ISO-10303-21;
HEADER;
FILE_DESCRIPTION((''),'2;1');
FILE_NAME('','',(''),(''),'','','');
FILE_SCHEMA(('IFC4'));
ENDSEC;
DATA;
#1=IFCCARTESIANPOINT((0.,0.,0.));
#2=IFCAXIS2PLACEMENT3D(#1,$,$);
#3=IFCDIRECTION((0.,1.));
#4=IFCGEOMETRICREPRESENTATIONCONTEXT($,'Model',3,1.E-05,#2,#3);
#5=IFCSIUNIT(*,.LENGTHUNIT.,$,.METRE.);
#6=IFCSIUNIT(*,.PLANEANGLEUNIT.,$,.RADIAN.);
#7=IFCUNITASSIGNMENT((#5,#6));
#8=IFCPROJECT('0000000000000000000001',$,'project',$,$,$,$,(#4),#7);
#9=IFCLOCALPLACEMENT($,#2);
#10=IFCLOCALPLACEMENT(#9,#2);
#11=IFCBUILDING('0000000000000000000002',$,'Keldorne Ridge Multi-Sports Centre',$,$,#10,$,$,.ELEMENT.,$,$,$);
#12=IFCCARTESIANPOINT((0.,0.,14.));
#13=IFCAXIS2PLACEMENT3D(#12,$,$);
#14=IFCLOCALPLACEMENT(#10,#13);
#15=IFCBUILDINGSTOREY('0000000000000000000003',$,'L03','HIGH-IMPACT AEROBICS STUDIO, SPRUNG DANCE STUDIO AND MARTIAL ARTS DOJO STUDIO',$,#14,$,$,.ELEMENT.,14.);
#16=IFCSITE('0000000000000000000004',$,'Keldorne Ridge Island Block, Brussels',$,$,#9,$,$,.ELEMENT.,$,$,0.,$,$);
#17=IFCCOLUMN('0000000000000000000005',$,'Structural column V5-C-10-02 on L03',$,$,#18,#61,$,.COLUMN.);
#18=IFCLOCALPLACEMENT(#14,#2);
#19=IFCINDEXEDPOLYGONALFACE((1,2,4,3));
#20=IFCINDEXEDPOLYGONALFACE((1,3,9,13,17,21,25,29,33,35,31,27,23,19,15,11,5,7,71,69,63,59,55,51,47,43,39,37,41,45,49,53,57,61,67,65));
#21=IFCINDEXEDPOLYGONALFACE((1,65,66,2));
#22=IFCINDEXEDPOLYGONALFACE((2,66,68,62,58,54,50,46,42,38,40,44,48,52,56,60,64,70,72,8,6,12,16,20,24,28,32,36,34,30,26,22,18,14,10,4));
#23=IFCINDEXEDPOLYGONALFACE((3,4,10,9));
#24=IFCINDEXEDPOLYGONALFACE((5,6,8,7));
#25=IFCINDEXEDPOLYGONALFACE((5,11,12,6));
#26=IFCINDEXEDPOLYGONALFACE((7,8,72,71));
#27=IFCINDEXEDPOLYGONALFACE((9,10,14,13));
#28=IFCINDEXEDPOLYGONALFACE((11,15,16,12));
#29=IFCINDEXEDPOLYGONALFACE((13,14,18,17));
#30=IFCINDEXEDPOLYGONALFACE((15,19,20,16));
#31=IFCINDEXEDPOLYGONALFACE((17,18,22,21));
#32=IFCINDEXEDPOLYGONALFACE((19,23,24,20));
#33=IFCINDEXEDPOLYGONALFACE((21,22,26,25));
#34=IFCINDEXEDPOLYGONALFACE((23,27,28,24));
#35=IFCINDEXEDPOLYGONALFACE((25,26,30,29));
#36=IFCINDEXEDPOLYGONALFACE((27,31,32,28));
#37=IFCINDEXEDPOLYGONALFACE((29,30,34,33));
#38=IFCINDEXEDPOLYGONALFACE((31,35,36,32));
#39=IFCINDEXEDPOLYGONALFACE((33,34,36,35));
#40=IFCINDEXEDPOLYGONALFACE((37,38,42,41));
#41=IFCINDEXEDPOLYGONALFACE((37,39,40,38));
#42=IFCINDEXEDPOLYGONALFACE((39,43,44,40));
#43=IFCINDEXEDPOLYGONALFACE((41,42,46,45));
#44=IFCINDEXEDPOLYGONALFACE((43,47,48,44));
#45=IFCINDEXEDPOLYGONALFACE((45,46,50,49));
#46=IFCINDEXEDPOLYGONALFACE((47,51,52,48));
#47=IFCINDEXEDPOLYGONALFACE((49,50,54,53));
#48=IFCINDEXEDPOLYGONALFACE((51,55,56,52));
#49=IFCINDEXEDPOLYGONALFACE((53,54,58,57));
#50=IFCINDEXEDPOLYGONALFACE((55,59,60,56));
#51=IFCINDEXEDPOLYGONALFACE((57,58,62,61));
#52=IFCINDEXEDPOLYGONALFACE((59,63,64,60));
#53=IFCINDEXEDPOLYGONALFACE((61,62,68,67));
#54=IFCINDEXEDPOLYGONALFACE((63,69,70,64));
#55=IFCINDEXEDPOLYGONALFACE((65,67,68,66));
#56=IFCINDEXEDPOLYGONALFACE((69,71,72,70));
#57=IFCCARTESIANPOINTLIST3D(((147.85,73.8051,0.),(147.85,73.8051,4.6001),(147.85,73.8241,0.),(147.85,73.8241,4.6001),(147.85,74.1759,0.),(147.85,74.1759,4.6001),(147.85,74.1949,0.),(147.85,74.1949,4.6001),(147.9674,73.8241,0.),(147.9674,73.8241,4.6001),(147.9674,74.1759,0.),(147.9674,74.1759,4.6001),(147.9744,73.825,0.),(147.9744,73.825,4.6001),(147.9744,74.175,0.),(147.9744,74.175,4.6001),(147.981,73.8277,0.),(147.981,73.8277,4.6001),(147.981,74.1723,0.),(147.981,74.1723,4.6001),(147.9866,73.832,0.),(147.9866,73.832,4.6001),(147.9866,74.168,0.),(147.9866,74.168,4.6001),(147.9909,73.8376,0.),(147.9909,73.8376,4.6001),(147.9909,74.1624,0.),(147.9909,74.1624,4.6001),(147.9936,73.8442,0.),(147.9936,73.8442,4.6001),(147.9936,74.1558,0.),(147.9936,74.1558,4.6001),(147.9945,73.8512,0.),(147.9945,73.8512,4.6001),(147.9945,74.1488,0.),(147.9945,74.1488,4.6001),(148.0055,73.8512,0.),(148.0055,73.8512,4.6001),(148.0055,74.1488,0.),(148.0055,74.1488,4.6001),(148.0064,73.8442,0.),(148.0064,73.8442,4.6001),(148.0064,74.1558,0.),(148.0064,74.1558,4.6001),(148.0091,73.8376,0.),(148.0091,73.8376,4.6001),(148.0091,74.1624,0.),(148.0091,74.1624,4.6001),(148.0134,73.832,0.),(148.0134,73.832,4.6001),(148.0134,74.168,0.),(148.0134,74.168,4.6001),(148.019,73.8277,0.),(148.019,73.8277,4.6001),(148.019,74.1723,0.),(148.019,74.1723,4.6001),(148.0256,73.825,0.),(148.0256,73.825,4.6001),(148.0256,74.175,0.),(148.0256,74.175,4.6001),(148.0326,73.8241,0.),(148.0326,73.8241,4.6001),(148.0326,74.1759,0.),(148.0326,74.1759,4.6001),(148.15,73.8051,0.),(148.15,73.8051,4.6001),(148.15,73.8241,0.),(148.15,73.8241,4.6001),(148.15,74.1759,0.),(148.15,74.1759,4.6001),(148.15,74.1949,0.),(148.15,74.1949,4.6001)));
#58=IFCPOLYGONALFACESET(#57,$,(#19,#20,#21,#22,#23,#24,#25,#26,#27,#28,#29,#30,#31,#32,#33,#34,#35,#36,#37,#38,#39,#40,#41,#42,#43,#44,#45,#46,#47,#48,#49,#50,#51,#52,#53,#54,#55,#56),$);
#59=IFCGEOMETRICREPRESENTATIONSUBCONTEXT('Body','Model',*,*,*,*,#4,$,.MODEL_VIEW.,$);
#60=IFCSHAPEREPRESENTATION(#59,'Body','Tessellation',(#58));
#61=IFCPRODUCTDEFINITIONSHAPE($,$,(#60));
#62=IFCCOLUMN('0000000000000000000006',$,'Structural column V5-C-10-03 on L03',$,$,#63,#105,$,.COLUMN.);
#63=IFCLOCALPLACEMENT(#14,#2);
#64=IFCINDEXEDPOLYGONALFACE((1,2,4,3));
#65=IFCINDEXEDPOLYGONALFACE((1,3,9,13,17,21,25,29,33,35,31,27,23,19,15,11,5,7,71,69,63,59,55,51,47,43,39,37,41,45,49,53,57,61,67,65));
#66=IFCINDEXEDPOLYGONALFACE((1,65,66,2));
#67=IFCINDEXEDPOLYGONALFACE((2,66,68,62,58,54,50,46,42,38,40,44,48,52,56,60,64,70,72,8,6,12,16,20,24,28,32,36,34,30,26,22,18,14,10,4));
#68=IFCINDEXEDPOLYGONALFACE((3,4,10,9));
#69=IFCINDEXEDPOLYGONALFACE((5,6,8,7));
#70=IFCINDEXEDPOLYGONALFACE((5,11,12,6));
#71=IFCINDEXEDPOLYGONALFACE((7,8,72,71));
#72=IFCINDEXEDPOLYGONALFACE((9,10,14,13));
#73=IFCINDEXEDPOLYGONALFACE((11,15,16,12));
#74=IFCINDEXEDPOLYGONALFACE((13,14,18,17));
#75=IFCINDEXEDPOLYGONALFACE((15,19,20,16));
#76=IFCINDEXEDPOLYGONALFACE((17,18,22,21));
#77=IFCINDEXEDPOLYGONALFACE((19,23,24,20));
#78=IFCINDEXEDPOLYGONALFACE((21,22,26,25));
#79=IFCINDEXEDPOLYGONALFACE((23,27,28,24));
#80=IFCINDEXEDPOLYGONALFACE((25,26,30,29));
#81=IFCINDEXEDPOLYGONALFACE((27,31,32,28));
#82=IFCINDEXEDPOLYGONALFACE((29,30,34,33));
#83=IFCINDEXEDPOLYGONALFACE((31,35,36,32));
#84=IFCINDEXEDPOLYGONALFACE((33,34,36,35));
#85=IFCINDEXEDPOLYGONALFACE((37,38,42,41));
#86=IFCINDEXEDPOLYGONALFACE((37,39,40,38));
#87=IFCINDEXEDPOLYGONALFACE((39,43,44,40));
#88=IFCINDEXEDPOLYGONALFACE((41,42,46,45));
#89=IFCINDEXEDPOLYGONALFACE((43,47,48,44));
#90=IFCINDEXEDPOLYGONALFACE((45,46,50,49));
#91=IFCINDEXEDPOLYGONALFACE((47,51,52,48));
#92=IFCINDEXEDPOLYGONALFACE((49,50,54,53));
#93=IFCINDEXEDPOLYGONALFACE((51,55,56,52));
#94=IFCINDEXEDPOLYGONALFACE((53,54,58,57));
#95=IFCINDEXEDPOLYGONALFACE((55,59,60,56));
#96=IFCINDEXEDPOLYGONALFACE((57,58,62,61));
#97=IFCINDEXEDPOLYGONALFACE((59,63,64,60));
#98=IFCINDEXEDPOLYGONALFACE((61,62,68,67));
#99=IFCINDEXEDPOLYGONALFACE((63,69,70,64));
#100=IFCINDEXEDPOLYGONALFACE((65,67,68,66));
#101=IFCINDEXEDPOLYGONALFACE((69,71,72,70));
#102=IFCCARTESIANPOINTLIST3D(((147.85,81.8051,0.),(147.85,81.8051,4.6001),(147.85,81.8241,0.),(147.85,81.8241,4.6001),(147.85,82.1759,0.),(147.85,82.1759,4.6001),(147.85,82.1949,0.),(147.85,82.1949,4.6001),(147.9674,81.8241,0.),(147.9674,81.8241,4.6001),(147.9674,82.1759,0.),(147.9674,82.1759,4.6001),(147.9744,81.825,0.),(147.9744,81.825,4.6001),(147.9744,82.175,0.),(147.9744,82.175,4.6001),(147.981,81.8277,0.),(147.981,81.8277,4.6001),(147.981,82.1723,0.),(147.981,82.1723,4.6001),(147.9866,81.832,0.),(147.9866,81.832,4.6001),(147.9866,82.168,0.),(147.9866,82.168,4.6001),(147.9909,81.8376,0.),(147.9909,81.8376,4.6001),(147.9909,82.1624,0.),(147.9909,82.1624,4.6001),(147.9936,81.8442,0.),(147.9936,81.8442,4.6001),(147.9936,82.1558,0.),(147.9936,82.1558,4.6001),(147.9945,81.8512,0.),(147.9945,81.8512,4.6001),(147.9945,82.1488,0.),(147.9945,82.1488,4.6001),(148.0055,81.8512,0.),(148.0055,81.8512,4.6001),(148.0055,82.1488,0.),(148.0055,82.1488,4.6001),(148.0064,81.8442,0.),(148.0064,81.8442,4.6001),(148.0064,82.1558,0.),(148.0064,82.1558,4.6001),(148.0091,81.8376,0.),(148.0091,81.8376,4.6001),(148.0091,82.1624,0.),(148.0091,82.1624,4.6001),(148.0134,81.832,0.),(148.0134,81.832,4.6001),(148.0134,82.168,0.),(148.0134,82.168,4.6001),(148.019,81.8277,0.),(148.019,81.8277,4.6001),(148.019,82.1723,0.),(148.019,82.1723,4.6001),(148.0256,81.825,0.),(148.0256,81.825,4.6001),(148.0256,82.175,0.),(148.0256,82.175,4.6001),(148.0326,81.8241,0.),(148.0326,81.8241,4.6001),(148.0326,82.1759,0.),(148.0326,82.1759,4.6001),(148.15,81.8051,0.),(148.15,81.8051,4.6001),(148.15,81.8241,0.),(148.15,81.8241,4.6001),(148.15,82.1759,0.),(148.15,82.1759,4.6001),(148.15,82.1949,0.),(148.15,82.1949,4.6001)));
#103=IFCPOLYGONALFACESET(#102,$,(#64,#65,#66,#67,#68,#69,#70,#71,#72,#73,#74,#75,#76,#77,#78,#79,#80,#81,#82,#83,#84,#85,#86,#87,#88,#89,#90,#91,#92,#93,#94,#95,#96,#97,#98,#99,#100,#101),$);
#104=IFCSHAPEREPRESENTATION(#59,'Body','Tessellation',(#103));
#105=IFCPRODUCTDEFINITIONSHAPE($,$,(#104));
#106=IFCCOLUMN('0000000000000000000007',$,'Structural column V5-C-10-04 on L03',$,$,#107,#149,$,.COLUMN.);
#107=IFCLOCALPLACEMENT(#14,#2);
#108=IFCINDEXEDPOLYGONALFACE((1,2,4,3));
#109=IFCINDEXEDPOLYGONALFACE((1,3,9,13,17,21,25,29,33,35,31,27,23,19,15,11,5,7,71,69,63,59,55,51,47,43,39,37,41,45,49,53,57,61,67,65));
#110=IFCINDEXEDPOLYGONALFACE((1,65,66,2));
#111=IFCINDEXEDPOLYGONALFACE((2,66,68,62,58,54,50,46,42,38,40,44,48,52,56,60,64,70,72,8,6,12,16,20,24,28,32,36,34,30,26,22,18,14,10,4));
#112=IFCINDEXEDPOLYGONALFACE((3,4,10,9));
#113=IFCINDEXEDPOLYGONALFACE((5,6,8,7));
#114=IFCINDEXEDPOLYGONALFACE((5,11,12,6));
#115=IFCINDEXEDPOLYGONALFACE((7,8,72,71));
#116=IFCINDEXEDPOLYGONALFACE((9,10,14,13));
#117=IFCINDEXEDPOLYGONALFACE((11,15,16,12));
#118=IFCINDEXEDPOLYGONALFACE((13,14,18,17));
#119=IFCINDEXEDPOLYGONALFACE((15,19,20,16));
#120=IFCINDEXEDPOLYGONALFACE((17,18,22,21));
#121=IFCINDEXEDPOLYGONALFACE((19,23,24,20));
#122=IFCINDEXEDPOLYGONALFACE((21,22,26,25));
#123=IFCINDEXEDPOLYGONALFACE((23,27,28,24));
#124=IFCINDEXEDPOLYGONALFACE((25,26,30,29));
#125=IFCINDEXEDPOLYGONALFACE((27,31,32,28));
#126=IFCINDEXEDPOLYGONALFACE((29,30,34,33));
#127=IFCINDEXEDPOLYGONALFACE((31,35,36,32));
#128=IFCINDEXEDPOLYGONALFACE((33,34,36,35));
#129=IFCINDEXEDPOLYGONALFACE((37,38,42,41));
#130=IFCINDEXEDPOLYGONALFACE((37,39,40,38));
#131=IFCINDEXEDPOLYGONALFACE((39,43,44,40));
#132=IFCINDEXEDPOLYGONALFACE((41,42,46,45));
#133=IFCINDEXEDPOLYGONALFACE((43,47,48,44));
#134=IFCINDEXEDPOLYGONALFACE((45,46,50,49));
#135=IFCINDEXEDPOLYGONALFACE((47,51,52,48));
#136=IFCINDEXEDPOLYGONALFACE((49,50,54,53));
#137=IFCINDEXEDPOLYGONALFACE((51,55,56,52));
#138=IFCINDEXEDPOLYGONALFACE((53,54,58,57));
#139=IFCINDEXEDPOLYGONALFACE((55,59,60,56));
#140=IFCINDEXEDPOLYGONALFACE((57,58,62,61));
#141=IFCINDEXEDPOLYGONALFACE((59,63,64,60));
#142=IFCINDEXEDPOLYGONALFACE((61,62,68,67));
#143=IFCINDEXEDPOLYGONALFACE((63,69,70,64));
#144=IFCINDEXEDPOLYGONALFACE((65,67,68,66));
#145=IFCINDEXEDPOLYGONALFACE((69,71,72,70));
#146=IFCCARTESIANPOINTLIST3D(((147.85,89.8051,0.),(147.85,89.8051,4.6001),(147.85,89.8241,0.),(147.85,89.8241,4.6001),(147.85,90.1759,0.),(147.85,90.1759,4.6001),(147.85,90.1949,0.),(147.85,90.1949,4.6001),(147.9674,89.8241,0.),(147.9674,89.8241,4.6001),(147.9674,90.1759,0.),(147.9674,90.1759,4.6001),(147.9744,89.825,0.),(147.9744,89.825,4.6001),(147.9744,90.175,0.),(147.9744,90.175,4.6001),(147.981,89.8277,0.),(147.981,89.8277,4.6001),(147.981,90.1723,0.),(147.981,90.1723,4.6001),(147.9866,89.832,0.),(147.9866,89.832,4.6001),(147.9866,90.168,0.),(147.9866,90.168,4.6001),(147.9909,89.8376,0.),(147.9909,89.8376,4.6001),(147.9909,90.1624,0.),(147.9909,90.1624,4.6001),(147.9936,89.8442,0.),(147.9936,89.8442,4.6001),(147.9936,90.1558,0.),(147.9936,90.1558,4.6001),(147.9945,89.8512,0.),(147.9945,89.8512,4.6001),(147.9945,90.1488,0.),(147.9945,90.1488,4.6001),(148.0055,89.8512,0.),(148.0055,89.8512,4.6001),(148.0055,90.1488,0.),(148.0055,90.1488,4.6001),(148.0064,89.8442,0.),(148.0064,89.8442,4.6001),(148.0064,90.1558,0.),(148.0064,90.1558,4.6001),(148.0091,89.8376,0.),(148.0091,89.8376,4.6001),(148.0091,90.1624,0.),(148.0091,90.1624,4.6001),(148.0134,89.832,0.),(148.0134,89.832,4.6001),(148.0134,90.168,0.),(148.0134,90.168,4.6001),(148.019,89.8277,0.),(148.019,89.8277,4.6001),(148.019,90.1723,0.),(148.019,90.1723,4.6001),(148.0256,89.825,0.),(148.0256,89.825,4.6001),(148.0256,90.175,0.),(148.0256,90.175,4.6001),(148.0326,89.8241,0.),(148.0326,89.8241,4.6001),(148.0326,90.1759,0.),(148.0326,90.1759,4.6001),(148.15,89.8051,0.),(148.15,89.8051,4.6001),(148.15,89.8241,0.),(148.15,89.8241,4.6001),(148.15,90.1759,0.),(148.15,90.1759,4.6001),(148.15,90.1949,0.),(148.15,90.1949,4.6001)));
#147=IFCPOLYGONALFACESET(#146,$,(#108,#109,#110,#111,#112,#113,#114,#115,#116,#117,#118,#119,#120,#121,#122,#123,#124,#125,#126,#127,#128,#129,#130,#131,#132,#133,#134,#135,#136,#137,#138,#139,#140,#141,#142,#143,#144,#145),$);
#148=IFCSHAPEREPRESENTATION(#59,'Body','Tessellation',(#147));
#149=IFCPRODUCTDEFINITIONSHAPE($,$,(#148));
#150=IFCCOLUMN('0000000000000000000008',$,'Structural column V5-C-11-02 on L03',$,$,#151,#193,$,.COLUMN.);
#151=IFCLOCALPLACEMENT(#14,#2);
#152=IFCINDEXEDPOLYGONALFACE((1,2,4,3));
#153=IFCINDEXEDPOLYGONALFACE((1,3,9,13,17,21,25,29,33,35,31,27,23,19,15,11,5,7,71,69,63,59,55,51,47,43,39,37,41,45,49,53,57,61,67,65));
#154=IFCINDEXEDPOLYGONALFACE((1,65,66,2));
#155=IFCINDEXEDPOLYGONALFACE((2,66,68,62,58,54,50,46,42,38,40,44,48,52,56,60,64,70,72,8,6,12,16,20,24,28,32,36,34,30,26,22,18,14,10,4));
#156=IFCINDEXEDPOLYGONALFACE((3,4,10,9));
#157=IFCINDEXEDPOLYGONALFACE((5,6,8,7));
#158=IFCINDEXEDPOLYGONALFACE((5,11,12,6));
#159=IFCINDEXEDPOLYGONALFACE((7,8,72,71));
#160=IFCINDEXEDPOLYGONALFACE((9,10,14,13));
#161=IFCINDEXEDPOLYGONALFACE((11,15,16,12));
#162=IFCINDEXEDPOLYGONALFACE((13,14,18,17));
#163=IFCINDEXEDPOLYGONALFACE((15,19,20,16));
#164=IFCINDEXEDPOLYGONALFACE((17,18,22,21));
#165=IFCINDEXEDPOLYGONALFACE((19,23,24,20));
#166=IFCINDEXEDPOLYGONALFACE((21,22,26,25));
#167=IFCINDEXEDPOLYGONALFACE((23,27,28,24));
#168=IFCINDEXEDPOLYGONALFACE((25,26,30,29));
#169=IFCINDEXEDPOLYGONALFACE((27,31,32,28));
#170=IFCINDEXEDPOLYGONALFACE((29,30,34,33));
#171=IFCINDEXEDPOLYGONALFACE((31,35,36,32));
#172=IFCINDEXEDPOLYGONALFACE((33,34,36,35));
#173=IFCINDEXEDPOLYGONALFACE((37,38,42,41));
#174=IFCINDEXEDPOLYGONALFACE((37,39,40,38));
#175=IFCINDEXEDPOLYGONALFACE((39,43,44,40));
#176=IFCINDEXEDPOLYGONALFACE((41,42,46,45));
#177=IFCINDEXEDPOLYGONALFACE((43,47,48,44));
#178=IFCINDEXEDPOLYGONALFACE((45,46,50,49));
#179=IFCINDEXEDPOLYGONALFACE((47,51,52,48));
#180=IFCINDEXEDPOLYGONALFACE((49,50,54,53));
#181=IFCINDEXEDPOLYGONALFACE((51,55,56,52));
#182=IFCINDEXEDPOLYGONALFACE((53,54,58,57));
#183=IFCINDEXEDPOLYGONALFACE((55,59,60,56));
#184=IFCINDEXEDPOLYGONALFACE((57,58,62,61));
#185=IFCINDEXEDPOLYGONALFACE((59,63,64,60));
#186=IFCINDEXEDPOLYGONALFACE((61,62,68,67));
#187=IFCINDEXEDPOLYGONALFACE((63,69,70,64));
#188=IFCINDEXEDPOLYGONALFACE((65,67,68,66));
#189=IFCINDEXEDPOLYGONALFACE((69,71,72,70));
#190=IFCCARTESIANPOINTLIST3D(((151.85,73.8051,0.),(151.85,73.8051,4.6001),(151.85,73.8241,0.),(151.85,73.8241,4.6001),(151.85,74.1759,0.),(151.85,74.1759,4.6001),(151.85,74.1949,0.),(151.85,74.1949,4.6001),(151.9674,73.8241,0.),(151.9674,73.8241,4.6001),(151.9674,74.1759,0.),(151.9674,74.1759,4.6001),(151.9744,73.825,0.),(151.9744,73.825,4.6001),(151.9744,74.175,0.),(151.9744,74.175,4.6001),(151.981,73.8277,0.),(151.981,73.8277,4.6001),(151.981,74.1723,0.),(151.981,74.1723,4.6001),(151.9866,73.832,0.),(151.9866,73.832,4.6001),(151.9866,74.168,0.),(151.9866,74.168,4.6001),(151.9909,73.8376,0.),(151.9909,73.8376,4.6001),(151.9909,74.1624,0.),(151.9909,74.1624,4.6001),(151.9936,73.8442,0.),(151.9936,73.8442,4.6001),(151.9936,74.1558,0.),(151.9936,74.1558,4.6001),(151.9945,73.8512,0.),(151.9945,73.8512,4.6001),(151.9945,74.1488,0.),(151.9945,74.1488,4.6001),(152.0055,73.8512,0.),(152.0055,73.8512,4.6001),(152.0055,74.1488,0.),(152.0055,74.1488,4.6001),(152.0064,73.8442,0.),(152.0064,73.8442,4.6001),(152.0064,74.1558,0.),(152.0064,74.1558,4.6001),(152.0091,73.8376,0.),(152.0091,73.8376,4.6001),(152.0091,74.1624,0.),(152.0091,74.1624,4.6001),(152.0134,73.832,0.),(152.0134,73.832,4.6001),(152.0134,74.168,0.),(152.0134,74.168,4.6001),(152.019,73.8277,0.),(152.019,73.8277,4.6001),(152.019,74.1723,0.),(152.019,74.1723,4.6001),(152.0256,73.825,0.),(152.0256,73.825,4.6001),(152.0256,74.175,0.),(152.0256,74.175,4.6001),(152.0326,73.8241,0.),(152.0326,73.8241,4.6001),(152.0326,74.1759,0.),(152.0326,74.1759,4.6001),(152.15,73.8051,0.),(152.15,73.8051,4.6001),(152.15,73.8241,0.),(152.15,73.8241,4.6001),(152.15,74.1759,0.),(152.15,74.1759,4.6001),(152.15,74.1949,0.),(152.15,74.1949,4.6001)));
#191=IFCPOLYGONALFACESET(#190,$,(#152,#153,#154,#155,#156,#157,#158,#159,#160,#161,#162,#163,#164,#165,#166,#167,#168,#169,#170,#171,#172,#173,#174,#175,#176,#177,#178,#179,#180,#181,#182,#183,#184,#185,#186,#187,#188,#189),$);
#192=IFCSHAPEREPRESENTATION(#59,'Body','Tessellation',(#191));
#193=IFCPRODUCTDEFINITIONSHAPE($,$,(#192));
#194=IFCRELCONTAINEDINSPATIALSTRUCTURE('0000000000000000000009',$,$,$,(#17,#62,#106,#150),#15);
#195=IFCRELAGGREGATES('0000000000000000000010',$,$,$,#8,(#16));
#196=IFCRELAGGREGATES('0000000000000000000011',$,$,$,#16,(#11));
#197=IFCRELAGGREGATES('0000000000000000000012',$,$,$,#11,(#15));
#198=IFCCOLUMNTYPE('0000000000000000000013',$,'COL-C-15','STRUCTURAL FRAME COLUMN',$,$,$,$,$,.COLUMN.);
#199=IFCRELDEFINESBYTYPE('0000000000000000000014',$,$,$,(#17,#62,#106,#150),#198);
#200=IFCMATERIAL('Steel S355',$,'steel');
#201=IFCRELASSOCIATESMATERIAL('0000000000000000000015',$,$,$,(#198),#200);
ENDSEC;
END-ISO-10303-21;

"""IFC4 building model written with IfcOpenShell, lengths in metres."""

from ifc_helpers import new_model, si_unit, direction, frame, origin, origin_2d, place, context, subcontext, project, spatial, i_section, extrude, material, material_profile, profile_set, type_object, element, save


model = new_model("IFC4")

# Units and contexts
model_context = context("Model", 3, precision=1e-05, world=origin(), true_north=direction((0.0, 1.0)))
body_context = subcontext(model_context, "Body", "Model", "MODEL_VIEW")
ifc_project = project(units=[si_unit("LENGTHUNIT", "METRE"), si_unit("PLANEANGLEUNIT", "RADIAN")], contexts=[model_context])

# Site, building, storey
site_placement = place(None, origin())
site = spatial("IfcSite", under=ifc_project, at=site_placement, Name="Keldorne Ridge Island Block, Brussels", CompositionType="ELEMENT", RefElevation=0.0)
building_placement = place(site_placement, origin())
building = spatial("IfcBuilding", under=site, at=building_placement, Name="Keldorne Ridge Multi-Sports Centre", CompositionType="ELEMENT")
storey_placement = place(building_placement, frame((0.0, 0.0, 14.0)))
storey = spatial("IfcBuildingStorey", under=building, at=storey_placement, Name="L03", Description="HIGH-IMPACT AEROBICS STUDIO, SPRUNG DANCE STUDIO AND MARTIAL ARTS DOJO STUDIO", CompositionType="ELEMENT", Elevation=14.0)

# Columns
ifc_material_1 = material(Name="Steel S355", Category="steel")
ifc_material_profile_1 = material_profile(ifc_material_1, i_section(OverallWidth=0.3, OverallDepth=0.3899, WebThickness=0.011, FlangeThickness=0.019, FilletRadius=0.0271, at=origin_2d()), Name="HEA 400")
ifc_profile_set_1 = profile_set([ifc_material_profile_1], Name="Steel S355")
column_type = type_object("IfcColumnType", Name="COL-C-15", Description="STRUCTURAL FRAME COLUMN", PredefinedType="COLUMN", material=ifc_profile_set_1)
for number, where, z_axis, x_axis, name in (
    (1, (148.0, 74.0, 0.0), (0.0, 0.0, 1.0), (1.0, 0.0, 0.0), "Structural column V5-C-10-02 on L03"),
    (2, (148.0, 82.0, 0.0), (0.0, 0.0, 1.0), (1.0, 0.0, 0.0), "Structural column V5-C-10-03 on L03"),
    (3, (148.0, 90.0, 0.0), (0.0, 0.0, 1.0), (1.0, 0.0, 0.0), "Structural column V5-C-10-04 on L03"),
    (4, (152.0, 74.0, 0.0), (0.0, 0.0, 1.0), (1.0, 0.0, 0.0), "Structural column V5-C-11-02 on L03"),
):
    element("IfcColumn", number, at=place(storey_placement, frame(where, z_axis=z_axis, x_axis=x_axis)), inside=storey, type_object=column_type, Name=name, PredefinedType="COLUMN", context=body_context, shape_type="SweptSolid", body=[
        extrude(i_section(OverallWidth=0.3, OverallDepth=0.3899, WebThickness=0.011, FlangeThickness=0.019, FilletRadius=0.0271, at=origin_2d()), origin(), (0.0, 0.0, 1.0), 4.6001),
    ])

save(model, "model.ifc")
